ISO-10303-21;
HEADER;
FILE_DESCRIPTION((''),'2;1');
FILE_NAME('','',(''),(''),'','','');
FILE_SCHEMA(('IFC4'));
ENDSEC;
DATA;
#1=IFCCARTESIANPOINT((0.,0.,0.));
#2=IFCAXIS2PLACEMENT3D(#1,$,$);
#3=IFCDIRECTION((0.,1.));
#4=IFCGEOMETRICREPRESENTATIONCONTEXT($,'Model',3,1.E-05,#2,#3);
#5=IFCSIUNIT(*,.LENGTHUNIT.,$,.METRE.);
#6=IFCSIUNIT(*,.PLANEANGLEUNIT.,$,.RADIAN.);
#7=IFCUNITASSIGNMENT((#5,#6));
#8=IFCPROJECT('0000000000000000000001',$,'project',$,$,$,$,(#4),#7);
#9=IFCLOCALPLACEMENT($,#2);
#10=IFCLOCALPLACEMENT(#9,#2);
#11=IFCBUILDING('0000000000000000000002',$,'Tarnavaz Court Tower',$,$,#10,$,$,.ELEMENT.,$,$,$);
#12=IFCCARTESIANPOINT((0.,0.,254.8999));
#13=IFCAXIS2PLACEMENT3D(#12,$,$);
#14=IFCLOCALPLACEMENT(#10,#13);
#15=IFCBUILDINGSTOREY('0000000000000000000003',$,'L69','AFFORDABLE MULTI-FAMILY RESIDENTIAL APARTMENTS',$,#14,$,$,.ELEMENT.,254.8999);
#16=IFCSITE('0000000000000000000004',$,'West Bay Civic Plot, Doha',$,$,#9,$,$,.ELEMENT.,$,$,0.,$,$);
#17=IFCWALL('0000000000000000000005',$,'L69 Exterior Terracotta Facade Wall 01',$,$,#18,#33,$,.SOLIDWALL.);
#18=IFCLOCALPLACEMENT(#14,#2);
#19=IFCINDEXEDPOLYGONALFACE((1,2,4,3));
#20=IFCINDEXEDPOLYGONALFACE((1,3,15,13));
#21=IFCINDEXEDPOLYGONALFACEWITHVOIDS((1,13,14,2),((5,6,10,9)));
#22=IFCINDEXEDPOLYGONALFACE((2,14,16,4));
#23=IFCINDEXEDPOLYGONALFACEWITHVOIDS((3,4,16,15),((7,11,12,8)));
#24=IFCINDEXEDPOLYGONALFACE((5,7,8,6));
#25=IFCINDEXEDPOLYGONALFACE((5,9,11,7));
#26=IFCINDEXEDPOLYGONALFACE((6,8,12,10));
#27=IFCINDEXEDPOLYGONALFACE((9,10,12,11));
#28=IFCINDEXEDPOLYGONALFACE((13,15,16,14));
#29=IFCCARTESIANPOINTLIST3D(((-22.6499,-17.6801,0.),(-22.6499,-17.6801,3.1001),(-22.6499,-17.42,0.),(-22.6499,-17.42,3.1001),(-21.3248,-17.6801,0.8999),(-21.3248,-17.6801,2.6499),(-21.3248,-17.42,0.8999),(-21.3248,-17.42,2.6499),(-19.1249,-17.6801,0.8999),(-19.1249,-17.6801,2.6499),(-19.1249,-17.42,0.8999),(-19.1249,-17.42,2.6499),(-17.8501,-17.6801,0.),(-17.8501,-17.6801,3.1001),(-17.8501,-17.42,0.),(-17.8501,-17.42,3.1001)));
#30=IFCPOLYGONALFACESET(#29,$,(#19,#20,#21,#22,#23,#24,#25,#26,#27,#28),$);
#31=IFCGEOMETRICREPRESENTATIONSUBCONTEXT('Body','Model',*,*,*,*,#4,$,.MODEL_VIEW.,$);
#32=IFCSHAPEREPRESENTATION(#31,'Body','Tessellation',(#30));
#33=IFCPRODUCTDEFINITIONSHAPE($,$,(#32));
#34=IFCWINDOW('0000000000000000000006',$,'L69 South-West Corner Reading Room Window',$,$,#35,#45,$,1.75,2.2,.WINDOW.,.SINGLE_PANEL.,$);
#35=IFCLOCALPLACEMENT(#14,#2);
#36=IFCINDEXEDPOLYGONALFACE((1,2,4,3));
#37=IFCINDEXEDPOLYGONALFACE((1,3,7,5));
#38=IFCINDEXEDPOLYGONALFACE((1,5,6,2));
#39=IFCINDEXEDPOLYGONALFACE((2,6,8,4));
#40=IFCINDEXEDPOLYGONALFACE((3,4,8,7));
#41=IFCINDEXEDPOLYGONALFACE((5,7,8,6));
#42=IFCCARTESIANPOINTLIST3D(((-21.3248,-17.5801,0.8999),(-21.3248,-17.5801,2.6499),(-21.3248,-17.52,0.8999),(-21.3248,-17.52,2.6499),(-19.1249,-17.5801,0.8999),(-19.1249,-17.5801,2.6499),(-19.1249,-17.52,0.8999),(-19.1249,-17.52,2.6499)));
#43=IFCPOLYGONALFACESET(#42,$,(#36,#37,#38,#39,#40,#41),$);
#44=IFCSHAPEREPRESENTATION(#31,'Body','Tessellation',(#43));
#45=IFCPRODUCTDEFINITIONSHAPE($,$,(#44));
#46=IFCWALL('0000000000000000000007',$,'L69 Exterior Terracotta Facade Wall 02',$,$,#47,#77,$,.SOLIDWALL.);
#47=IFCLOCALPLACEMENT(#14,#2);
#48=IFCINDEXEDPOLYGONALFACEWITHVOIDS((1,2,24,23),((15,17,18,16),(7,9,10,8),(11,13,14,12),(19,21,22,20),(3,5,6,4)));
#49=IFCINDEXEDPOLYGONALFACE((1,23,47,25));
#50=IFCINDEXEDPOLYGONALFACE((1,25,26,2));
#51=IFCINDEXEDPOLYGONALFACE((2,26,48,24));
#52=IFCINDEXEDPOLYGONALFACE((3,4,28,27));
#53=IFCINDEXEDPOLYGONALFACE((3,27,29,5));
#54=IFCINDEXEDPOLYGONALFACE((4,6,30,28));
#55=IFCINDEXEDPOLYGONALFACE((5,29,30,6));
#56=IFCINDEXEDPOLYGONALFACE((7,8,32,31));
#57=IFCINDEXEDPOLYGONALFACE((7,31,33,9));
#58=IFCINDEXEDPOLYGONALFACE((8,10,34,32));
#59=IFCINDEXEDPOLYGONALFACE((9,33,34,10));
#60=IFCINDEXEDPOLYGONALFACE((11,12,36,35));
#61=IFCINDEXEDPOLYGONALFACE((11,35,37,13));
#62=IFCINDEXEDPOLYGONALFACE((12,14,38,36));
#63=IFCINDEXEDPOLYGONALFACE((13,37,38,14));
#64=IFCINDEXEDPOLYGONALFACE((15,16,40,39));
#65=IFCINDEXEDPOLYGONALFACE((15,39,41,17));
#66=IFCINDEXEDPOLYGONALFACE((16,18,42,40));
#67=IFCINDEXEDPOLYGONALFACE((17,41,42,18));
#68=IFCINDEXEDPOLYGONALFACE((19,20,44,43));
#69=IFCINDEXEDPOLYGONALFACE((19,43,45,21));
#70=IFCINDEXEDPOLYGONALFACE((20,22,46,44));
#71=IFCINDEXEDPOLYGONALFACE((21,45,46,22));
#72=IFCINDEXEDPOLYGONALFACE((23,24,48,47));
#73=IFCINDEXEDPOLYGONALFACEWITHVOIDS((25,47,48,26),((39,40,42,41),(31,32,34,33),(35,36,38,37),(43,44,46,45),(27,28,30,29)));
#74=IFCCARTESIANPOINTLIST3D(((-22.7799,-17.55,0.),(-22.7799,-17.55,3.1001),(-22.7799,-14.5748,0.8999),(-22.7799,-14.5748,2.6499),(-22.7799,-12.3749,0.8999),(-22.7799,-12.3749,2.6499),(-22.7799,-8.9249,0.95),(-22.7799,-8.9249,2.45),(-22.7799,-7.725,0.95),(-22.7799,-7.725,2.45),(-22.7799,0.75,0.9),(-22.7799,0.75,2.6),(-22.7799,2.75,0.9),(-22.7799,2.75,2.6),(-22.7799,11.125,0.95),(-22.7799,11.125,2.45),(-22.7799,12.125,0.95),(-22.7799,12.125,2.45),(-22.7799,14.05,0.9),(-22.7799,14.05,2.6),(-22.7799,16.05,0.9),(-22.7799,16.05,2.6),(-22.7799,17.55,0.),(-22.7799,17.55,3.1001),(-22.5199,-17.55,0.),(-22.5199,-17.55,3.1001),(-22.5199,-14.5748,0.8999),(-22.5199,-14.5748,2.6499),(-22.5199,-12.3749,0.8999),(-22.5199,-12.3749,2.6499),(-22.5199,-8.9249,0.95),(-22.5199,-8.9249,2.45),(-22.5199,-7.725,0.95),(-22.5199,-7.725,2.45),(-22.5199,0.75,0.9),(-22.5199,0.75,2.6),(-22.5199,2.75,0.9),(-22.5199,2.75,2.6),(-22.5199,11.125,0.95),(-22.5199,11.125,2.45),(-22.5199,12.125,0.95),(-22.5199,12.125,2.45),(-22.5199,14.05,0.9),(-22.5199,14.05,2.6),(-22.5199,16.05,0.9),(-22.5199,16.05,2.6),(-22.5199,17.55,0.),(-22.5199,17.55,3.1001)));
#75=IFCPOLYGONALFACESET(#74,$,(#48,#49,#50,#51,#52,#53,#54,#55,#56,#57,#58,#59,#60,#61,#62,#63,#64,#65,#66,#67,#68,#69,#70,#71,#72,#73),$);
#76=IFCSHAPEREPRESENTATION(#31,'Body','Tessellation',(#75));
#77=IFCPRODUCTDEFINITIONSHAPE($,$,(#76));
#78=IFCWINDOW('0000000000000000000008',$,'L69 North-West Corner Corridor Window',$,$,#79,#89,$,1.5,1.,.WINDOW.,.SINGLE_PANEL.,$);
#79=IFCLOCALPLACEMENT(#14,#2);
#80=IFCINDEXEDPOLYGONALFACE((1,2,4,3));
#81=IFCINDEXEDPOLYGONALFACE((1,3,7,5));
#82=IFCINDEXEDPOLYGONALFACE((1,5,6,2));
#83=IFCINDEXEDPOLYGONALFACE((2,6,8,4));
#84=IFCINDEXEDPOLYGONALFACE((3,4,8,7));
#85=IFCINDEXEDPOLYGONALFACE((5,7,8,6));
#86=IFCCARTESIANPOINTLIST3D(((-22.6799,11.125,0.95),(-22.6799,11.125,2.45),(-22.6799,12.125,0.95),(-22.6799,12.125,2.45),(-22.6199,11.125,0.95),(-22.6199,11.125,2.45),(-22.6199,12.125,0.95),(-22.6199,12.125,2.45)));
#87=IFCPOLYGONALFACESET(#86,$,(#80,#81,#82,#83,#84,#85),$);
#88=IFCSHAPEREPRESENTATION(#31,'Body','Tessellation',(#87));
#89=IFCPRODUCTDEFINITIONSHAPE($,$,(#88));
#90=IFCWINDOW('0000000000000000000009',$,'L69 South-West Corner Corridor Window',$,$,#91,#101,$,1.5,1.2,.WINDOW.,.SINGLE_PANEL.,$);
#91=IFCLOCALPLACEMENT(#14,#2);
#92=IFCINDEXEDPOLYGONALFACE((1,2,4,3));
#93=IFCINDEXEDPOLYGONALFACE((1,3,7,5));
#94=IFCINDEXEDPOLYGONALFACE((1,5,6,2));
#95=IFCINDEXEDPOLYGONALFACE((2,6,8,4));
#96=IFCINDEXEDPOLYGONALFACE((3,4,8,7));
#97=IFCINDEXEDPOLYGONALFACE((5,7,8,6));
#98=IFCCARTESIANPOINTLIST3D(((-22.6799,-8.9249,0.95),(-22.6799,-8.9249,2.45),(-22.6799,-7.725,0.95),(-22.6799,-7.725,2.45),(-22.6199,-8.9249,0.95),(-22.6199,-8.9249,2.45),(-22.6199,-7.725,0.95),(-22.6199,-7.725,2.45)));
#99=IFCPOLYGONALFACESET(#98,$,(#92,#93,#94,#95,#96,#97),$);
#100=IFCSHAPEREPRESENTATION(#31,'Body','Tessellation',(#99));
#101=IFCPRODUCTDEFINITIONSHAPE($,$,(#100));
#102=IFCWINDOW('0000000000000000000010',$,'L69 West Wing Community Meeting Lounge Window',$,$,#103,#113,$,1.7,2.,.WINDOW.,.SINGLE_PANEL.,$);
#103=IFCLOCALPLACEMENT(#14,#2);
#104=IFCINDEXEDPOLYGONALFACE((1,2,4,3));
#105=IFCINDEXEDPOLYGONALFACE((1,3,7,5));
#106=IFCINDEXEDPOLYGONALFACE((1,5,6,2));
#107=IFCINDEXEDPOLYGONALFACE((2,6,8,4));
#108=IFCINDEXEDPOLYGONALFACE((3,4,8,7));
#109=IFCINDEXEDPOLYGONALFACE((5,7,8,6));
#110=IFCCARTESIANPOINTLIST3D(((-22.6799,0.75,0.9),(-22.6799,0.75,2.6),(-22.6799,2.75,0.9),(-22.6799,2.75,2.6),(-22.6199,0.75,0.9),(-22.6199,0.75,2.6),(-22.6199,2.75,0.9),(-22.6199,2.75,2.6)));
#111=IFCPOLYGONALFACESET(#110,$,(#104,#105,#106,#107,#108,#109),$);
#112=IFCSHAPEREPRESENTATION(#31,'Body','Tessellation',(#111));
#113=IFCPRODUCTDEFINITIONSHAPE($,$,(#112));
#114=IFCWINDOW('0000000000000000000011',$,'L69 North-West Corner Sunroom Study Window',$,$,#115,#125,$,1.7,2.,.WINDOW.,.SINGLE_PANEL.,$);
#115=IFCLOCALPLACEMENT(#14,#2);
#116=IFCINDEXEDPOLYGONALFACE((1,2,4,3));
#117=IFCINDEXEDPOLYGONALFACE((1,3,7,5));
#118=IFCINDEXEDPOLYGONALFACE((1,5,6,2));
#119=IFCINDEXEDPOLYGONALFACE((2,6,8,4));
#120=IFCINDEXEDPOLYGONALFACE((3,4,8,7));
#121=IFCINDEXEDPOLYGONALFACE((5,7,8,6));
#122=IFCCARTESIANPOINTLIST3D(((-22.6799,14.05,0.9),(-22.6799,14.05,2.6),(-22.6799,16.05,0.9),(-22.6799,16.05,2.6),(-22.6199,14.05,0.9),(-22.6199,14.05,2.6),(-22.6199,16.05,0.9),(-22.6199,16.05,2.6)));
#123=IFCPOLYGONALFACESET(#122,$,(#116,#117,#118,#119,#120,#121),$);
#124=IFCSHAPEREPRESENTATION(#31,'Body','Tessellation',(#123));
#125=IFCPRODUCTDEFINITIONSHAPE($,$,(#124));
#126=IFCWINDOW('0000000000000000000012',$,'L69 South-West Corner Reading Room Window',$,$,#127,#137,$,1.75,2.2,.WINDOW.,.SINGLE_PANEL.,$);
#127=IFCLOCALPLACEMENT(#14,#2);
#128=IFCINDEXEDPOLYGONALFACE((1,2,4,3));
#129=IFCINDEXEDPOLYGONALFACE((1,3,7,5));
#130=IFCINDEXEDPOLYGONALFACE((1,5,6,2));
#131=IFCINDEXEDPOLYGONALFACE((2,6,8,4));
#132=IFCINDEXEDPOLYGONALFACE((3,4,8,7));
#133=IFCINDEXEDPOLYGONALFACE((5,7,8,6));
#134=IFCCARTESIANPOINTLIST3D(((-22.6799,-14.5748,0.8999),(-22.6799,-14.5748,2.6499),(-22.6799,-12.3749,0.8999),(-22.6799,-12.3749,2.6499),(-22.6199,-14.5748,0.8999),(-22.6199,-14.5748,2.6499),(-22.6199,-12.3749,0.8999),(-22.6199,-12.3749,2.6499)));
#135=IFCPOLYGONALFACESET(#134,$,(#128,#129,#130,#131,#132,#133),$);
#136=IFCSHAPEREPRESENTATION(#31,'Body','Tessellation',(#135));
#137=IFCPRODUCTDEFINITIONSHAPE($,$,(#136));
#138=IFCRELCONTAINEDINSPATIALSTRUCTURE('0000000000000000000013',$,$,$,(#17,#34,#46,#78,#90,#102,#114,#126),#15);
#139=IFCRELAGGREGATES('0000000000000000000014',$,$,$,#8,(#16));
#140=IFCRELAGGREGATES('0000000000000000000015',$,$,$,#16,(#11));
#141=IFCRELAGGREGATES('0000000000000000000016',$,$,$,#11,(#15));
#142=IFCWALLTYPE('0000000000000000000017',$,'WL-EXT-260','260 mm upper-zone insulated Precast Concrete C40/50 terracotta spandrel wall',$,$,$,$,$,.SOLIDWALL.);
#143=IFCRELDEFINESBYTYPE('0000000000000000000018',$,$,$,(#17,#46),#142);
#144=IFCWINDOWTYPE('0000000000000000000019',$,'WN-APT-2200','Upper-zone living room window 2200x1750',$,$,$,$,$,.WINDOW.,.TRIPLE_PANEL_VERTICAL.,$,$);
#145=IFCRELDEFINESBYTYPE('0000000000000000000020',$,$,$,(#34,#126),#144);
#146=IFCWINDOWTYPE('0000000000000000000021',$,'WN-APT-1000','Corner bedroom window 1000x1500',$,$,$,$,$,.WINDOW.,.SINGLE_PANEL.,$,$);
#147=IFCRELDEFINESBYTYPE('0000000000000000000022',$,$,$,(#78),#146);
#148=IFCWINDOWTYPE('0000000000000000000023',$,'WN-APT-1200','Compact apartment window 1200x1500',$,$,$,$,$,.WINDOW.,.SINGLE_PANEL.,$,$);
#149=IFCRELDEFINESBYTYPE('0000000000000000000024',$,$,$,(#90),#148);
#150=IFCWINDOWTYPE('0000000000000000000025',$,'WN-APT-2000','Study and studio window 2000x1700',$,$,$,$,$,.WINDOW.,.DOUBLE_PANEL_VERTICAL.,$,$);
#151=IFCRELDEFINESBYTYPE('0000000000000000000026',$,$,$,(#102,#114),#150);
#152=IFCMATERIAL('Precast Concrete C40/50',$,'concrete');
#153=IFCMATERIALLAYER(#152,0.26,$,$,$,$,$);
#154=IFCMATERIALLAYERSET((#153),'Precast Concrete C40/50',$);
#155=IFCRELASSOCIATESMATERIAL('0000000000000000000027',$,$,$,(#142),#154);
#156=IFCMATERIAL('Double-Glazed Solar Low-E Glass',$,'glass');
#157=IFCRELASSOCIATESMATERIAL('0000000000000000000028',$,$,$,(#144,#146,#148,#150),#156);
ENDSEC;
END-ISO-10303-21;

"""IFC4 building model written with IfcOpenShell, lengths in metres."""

from ifc_helpers import new_model, si_unit, direction, frame, frame_2d, origin, place, context, subcontext, project, spatial, rectangle, extrude, material, layer, layer_set, type_object, element, fill, save


model = new_model("IFC4")

# Units and contexts
model_context = context("Model", 3, precision=1e-05, world=origin(), true_north=direction((0.0, 1.0)))
body_context = subcontext(model_context, "Body", "Model", "MODEL_VIEW")
ifc_project = project(units=[si_unit("LENGTHUNIT", "METRE"), si_unit("PLANEANGLEUNIT", "RADIAN")], contexts=[model_context])

# Site, building, storey
site_placement = place(None, origin())
site = spatial("IfcSite", under=ifc_project, at=site_placement, Name="West Bay Civic Plot, Doha", CompositionType="ELEMENT", RefElevation=0.0)
building_placement = place(site_placement, origin())
building = spatial("IfcBuilding", under=site, at=building_placement, Name="Tarnavaz Court Tower", CompositionType="ELEMENT")
storey_placement = place(building_placement, frame((0.0, 0.0, 254.8999)))
storey = spatial("IfcBuildingStorey", under=building, at=storey_placement, Name="L69", Description="AFFORDABLE MULTI-FAMILY RESIDENTIAL APARTMENTS", CompositionType="ELEMENT", Elevation=254.8999)

# Wall, opening, window
ifc_material_1 = material(Name="Precast Concrete C40/50", Category="concrete")
ifc_layer_1 = layer(ifc_material_1, 0.26)
ifc_layer_set_1 = layer_set([ifc_layer_1], Name="Precast Concrete C40/50")
wall_type_1 = type_object("IfcWallType", Name="WL-EXT-260", Description="260 mm upper-zone insulated Precast Concrete C40/50 terracotta spandrel wall", PredefinedType="SOLIDWALL", material=ifc_layer_set_1)
wall_1_placement = place(storey_placement, frame((-17.8501, -17.55, 0.0), z_axis=(0.0, 0.0, 1.0), x_axis=(-1.0, 0.0, 0.0)))
wall_1 = element("IfcWall", 1, at=wall_1_placement, inside=storey, type_object=wall_type_1, Name="L69 Exterior Terracotta Facade Wall 01", PredefinedType="SOLIDWALL", context=body_context, shape_type="SweptSolid", body=[
    extrude(rectangle(XDim=4.7998, YDim=0.26, at=frame_2d((2.3999, 0.0))), origin(), (0.0, 0.0, 1.0), 3.1001),
])
opening_1_placement = place(wall_1_placement, frame((1.2747, 0.0, 0.8999)))
opening_1 = element("IfcOpeningElement", 2, at=opening_1_placement, cuts=wall_1, PredefinedType="OPENING", context=body_context, shape_type="SweptSolid", body=[
    extrude(rectangle(XDim=2.2, YDim=1.75, at=frame_2d((1.1001, 0.875))), frame((0.0, 0.1399, 0.0), z_axis=(0.0, -1.0, 0.0), x_axis=(1.0, 0.0, 0.0)), (0.0, 0.0, 1.0), 0.28),
])
ifc_material_2 = material(Name="Double-Glazed Solar Low-E Glass", Category="glass")
window_type_1 = type_object("IfcWindowType", Name="WN-APT-2200", Description="Upper-zone living room window 2200x1750", PartitioningType="TRIPLE_PANEL_VERTICAL", PredefinedType="WINDOW", material=ifc_material_2)
window_1_placement = place(opening_1_placement, origin())
window_1 = element("IfcWindow", 3, at=window_1_placement, inside=storey, type_object=window_type_1, Name="L69 South-West Corner Reading Room Window", OverallHeight=1.75, OverallWidth=2.2, PartitioningType="SINGLE_PANEL", PredefinedType="WINDOW", context=body_context, shape_type="SweptSolid", body=[
    extrude(rectangle(XDim=2.2, YDim=1.75, at=frame_2d((1.1001, 0.875))), frame((0.0, 0.03, 0.0), z_axis=(0.0, -1.0, 0.0), x_axis=(1.0, 0.0, 0.0)), (0.0, 0.0, 1.0), 0.0601),
])
fill(opening_1, window_1)

# Wall, openings, windows
wall_2_placement = place(storey_placement, frame((-22.6499, -17.55, 0.0), z_axis=(0.0, 0.0, 1.0), x_axis=(0.0, 1.0, 0.0)))
wall_2 = element("IfcWall", 4, at=wall_2_placement, inside=storey, type_object=wall_type_1, Name="L69 Exterior Terracotta Facade Wall 02", PredefinedType="SOLIDWALL", context=body_context, shape_type="SweptSolid", body=[
    extrude(rectangle(XDim=35.1001, YDim=0.26, at=frame_2d((17.55, 0.0))), origin(), (0.0, 0.0, 1.0), 3.1001),
])
opening_2_placement = place(wall_2_placement, frame((2.9751, 0.0, 0.8999)))
opening_2 = element("IfcOpeningElement", 5, at=opening_2_placement, cuts=wall_2, PredefinedType="OPENING", context=body_context, shape_type="SweptSolid", body=[
    extrude(rectangle(XDim=2.2, YDim=1.75, at=frame_2d((1.1001, 0.875))), frame((0.0, 0.1399, 0.0), z_axis=(0.0, -1.0, 0.0), x_axis=(1.0, 0.0, 0.0)), (0.0, 0.0, 1.0), 0.28),
])
opening_3_placement = place(wall_2_placement, frame((8.625, 0.0, 0.95)))
opening_3 = element("IfcOpeningElement", 6, at=opening_3_placement, cuts=wall_2, PredefinedType="OPENING", context=body_context, shape_type="SweptSolid", body=[
    extrude(rectangle(XDim=1.2, YDim=1.5, at=frame_2d((0.6001, 0.75))), frame((0.0, 0.1399, 0.0), z_axis=(0.0, -1.0, 0.0), x_axis=(1.0, 0.0, 0.0)), (0.0, 0.0, 1.0), 0.28),
])
opening_4_placement = place(wall_2_placement, frame((18.3, 0.0, 0.8999)))
opening_4 = element("IfcOpeningElement", 7, at=opening_4_placement, cuts=wall_2, PredefinedType="OPENING", context=body_context, shape_type="SweptSolid", body=[
    extrude(rectangle(XDim=2.0, YDim=1.7, at=frame_2d((1.0, 0.8501))), frame((0.0, 0.1399, 0.0), z_axis=(0.0, -1.0, 0.0), x_axis=(1.0, 0.0, 0.0)), (0.0, 0.0, 1.0), 0.28),
])
opening_5_placement = place(wall_2_placement, frame((28.675, 0.0, 0.95)))
opening_5 = element("IfcOpeningElement", 8, at=opening_5_placement, cuts=wall_2, PredefinedType="OPENING", context=body_context, shape_type="SweptSolid", body=[
    extrude(rectangle(XDim=1.0, YDim=1.5, at=frame_2d((0.5, 0.75))), frame((0.0, 0.1399, 0.0), z_axis=(0.0, -1.0, 0.0), x_axis=(1.0, 0.0, 0.0)), (0.0, 0.0, 1.0), 0.28),
])
opening_6_placement = place(wall_2_placement, frame((31.6001, 0.0, 0.8999)))
opening_6 = element("IfcOpeningElement", 9, at=opening_6_placement, cuts=wall_2, PredefinedType="OPENING", context=body_context, shape_type="SweptSolid", body=[
    extrude(rectangle(XDim=2.0, YDim=1.7, at=frame_2d((1.0, 0.8501))), frame((0.0, 0.1399, 0.0), z_axis=(0.0, -1.0, 0.0), x_axis=(1.0, 0.0, 0.0)), (0.0, 0.0, 1.0), 0.28),
])
window_type_2 = type_object("IfcWindowType", Name="WN-APT-1000", Description="Corner bedroom window 1000x1500", PartitioningType="SINGLE_PANEL", PredefinedType="WINDOW", material=ifc_material_2)
window_2_placement = place(opening_5_placement, origin())
window_2 = element("IfcWindow", 10, at=window_2_placement, inside=storey, type_object=window_type_2, Name="L69 North-West Corner Corridor Window", OverallHeight=1.5, OverallWidth=1.0, PartitioningType="SINGLE_PANEL", PredefinedType="WINDOW", context=body_context, shape_type="SweptSolid", body=[
    extrude(rectangle(XDim=1.0, YDim=1.5, at=frame_2d((0.5, 0.75))), frame((0.0, 0.03, 0.0), z_axis=(0.0, -1.0, 0.0), x_axis=(1.0, 0.0, 0.0)), (0.0, 0.0, 1.0), 0.0601),
])
fill(opening_5, window_2)
window_type_3 = type_object("IfcWindowType", Name="WN-APT-1200", Description="Compact apartment window 1200x1500", PartitioningType="SINGLE_PANEL", PredefinedType="WINDOW", material=ifc_material_2)
window_3_placement = place(opening_3_placement, origin())
window_3 = element("IfcWindow", 11, at=window_3_placement, inside=storey, type_object=window_type_3, Name="L69 South-West Corner Corridor Window", OverallHeight=1.5, OverallWidth=1.2, PartitioningType="SINGLE_PANEL", PredefinedType="WINDOW", context=body_context, shape_type="SweptSolid", body=[
    extrude(rectangle(XDim=1.2, YDim=1.5, at=frame_2d((0.6001, 0.75))), frame((0.0, 0.03, 0.0), z_axis=(0.0, -1.0, 0.0), x_axis=(1.0, 0.0, 0.0)), (0.0, 0.0, 1.0), 0.0601),
])
fill(opening_3, window_3)
window_type_4 = type_object("IfcWindowType", Name="WN-APT-2000", Description="Study and studio window 2000x1700", PartitioningType="DOUBLE_PANEL_VERTICAL", PredefinedType="WINDOW", material=ifc_material_2)
window_4_placement = place(opening_4_placement, origin())
window_4 = element("IfcWindow", 12, at=window_4_placement, inside=storey, type_object=window_type_4, Name="L69 West Wing Community Meeting Lounge Window", OverallHeight=1.7, OverallWidth=2.0, PartitioningType="SINGLE_PANEL", PredefinedType="WINDOW", context=body_context, shape_type="SweptSolid", body=[
    extrude(rectangle(XDim=2.0, YDim=1.7, at=frame_2d((1.0, 0.8501))), frame((0.0, 0.03, 0.0), z_axis=(0.0, -1.0, 0.0), x_axis=(1.0, 0.0, 0.0)), (0.0, 0.0, 1.0), 0.0601),
])
fill(opening_4, window_4)
window_5_placement = place(opening_6_placement, origin())
window_5 = element("IfcWindow", 13, at=window_5_placement, inside=storey, type_object=window_type_4, Name="L69 North-West Corner Sunroom Study Window", OverallHeight=1.7, OverallWidth=2.0, PartitioningType="SINGLE_PANEL", PredefinedType="WINDOW", context=body_context, shape_type="SweptSolid", body=[
    extrude(rectangle(XDim=2.0, YDim=1.7, at=frame_2d((1.0, 0.8501))), frame((0.0, 0.03, 0.0), z_axis=(0.0, -1.0, 0.0), x_axis=(1.0, 0.0, 0.0)), (0.0, 0.0, 1.0), 0.0601),
])
fill(opening_6, window_5)
window_6_placement = place(opening_2_placement, origin())
window_6 = element("IfcWindow", 14, at=window_6_placement, inside=storey, type_object=window_type_1, Name="L69 South-West Corner Reading Room Window", OverallHeight=1.75, OverallWidth=2.2, PartitioningType="SINGLE_PANEL", PredefinedType="WINDOW", context=body_context, shape_type="SweptSolid", body=[
    extrude(rectangle(XDim=2.2, YDim=1.75, at=frame_2d((1.1001, 0.875))), frame((0.0, 0.03, 0.0), z_axis=(0.0, -1.0, 0.0), x_axis=(1.0, 0.0, 0.0)), (0.0, 0.0, 1.0), 0.0601),
])
fill(opening_2, window_6)

save(model, "model.ifc")
